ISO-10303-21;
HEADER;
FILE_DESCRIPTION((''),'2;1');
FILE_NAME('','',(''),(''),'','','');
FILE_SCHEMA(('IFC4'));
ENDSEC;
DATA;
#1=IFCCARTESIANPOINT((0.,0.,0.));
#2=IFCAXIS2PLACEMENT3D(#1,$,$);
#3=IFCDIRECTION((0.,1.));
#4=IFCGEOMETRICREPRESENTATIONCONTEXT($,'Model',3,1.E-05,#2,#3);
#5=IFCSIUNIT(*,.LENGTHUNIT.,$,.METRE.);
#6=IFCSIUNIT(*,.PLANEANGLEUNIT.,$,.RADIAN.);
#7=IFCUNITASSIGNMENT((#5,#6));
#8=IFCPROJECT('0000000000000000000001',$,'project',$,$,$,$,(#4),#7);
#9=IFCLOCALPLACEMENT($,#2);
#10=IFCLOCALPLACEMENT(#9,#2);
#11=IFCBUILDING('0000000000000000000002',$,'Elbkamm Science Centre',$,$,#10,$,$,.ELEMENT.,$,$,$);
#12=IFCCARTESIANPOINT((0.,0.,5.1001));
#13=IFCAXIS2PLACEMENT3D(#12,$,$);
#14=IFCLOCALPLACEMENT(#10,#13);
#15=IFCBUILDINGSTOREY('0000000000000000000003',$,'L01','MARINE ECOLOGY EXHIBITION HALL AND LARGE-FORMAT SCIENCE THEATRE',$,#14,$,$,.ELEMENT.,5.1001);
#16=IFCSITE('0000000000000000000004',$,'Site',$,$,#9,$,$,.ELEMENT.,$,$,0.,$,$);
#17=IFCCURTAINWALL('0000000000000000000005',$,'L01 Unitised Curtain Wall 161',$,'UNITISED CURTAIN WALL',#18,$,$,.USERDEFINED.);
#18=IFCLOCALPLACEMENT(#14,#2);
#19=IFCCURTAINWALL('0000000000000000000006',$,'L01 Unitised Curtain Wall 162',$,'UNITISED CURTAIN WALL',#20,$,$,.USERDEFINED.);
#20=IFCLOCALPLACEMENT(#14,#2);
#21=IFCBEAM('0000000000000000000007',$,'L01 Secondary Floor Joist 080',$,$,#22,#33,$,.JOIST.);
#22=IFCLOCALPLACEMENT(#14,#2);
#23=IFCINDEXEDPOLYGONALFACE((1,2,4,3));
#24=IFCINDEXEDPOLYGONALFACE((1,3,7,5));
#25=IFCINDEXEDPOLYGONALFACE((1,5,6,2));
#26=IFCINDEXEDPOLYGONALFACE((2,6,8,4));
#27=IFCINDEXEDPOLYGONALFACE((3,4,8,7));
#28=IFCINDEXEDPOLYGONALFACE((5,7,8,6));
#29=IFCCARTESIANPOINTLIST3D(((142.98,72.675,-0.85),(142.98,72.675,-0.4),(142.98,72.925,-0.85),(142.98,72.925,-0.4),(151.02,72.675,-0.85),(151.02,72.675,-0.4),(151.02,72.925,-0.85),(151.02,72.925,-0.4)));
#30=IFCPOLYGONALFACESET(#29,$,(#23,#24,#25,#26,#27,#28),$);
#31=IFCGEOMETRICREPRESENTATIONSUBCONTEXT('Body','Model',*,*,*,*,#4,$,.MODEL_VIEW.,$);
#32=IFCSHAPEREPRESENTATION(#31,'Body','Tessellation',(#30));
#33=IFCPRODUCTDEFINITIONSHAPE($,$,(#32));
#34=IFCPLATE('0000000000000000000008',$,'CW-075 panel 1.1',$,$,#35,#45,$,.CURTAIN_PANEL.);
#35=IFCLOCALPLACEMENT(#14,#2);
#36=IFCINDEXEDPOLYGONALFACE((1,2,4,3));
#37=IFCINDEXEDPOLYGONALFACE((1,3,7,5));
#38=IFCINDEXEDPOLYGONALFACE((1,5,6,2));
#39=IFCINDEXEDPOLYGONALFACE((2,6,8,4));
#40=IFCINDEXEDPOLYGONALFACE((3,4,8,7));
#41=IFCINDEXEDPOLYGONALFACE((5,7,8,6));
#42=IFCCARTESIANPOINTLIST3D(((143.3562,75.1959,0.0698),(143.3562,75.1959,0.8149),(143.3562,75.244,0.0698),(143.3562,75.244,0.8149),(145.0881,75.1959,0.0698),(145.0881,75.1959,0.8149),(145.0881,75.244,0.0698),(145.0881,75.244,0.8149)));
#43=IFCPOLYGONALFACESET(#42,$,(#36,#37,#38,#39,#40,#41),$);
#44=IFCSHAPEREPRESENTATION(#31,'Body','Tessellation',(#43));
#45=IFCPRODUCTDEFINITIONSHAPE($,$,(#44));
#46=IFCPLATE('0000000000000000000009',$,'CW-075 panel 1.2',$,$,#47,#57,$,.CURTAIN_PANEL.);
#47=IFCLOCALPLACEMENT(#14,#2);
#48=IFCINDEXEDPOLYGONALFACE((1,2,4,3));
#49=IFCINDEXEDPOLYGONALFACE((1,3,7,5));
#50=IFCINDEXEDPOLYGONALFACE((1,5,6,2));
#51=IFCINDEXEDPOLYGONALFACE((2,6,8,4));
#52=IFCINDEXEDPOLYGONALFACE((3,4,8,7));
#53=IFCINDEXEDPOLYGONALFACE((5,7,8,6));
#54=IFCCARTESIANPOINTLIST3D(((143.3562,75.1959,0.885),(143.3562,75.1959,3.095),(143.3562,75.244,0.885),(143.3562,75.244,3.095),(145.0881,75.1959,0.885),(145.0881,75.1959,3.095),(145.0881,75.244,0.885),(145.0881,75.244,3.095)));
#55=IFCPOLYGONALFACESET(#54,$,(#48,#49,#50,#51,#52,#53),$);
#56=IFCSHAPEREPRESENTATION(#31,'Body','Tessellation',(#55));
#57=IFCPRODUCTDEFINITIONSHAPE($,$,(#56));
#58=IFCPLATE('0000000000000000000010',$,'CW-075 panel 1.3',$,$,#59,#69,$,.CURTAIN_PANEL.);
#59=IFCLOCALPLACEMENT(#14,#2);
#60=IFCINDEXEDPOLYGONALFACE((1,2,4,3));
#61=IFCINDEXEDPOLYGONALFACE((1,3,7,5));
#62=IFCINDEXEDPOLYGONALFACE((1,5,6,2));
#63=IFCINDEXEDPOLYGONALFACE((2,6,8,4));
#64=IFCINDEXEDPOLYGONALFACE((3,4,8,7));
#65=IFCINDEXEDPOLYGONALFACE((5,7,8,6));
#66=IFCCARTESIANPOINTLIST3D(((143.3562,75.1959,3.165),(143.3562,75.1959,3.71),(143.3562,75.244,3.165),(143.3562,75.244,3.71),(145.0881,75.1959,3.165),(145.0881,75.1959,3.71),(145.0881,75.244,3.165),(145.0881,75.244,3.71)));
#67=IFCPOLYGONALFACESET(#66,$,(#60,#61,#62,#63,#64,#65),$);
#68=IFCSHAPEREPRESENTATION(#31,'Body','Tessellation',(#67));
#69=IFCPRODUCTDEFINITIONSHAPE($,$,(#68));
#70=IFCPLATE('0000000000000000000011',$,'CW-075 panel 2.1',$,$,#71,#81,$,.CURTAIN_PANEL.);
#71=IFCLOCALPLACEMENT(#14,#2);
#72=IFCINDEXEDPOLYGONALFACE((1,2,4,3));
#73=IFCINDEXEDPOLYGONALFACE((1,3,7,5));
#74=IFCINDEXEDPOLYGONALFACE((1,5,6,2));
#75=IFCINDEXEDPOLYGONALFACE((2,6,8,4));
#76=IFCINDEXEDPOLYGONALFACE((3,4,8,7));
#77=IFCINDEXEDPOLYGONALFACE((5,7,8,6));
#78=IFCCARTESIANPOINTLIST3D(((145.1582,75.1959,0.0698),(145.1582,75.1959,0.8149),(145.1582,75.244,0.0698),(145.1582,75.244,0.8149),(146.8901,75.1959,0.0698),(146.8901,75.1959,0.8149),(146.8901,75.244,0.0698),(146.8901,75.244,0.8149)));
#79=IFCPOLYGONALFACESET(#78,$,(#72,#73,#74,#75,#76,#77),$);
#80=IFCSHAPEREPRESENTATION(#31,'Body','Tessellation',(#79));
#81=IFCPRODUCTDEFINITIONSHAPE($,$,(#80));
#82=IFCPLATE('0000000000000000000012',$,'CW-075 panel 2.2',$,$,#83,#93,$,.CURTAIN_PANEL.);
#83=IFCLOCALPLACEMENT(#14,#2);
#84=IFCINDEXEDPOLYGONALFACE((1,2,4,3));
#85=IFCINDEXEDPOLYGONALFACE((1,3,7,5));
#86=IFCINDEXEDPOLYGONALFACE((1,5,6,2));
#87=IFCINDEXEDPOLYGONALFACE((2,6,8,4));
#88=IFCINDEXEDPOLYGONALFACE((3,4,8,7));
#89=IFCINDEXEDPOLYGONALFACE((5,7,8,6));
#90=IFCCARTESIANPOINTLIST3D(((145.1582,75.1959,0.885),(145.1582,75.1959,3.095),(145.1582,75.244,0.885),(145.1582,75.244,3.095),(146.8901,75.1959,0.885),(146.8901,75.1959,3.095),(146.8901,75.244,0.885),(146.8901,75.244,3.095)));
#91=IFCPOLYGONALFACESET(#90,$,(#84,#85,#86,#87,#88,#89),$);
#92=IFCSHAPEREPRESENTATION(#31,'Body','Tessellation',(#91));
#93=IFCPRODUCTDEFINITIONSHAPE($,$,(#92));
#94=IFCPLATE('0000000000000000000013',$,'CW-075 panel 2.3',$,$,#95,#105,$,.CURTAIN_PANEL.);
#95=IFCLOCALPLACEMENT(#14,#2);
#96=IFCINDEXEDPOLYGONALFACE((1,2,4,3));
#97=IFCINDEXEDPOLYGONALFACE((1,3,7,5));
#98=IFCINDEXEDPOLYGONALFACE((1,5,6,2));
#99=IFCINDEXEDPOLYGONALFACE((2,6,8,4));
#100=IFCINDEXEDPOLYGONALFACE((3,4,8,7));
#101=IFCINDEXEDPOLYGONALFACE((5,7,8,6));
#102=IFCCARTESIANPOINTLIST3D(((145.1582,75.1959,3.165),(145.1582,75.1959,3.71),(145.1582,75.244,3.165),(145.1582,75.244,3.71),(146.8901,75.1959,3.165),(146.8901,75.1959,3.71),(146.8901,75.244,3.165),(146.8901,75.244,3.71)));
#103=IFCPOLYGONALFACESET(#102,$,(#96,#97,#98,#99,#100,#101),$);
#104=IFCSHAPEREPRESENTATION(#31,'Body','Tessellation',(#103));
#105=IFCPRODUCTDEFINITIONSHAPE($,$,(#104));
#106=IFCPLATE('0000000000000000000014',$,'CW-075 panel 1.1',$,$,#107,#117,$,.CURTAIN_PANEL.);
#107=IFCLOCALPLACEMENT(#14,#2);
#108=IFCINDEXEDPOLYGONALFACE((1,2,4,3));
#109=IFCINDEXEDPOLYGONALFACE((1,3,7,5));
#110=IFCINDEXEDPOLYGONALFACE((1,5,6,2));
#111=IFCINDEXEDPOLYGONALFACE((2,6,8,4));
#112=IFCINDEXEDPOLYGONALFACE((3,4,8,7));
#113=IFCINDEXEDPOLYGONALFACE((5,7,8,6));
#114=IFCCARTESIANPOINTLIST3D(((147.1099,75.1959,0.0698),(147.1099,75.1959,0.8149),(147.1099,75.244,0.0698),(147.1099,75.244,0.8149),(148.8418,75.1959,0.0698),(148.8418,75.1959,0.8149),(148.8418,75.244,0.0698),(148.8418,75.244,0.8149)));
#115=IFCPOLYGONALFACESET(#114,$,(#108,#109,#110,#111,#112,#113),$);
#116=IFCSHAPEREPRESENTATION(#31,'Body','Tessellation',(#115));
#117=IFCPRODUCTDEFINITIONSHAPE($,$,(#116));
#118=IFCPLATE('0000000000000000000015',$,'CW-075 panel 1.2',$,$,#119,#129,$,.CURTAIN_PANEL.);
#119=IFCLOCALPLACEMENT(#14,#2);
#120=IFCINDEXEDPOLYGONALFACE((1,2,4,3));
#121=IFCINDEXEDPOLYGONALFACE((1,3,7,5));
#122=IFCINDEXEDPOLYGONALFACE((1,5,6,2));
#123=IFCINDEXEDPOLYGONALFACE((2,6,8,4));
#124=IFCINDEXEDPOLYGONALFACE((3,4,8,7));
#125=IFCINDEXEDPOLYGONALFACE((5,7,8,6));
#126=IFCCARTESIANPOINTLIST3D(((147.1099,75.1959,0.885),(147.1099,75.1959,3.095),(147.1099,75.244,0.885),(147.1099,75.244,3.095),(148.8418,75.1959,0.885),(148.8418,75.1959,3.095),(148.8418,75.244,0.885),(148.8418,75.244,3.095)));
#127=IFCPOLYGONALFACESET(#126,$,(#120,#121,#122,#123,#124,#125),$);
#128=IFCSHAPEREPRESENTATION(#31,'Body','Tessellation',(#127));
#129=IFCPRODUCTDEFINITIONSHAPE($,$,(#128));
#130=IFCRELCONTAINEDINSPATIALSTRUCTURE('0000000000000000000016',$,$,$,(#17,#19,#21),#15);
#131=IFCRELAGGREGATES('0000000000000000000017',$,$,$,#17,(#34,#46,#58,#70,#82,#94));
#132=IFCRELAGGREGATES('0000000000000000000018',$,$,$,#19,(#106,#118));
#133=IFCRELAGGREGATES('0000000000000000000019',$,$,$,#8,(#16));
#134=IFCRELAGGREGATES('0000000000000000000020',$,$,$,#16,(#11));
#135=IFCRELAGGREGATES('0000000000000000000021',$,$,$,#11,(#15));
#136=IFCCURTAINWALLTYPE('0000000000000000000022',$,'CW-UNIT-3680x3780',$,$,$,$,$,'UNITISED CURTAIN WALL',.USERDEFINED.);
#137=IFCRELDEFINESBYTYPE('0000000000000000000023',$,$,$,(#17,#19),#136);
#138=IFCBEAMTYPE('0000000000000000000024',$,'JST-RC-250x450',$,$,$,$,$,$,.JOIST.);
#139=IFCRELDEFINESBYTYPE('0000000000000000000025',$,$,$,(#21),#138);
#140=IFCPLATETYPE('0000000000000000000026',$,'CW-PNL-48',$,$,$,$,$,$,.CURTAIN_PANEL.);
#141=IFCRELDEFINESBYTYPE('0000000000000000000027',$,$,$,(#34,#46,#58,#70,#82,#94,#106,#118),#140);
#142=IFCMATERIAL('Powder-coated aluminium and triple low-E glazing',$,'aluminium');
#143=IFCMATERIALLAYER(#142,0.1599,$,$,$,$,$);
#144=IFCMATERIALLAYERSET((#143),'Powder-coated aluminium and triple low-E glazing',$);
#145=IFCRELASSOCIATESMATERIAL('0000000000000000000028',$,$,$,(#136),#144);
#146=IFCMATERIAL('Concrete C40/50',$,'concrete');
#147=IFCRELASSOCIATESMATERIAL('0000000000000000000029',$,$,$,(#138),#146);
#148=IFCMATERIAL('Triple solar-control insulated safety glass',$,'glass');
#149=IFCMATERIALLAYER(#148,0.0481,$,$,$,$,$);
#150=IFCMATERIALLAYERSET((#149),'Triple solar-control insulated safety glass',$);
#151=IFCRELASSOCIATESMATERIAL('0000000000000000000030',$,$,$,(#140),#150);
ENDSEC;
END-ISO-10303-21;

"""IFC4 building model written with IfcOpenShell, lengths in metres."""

from ifc_helpers import new_model, si_unit, direction, frame, origin, origin_2d, place, context, subcontext, project, spatial, rectangle, extrude, material, layer, layer_set, material_profile, profile_set, type_object, element, aggregate, save


model = new_model("IFC4")

# Units and contexts
model_context = context("Model", 3, precision=1e-05, world=origin(), true_north=direction((0.0, 1.0)))
body_context = subcontext(model_context, "Body", "Model", "MODEL_VIEW")
ifc_project = project(units=[si_unit("LENGTHUNIT", "METRE"), si_unit("PLANEANGLEUNIT", "RADIAN")], contexts=[model_context])

# Site, building, storey
site_placement = place(None, origin())
site = spatial("IfcSite", under=ifc_project, at=site_placement, Name="Site", CompositionType="ELEMENT", RefElevation=0.0)
building_placement = place(site_placement, origin())
building = spatial("IfcBuilding", under=site, at=building_placement, Name="Elbkamm Science Centre", CompositionType="ELEMENT")
storey_placement = place(building_placement, frame((0.0, 0.0, 5.1001)))
storey = spatial("IfcBuildingStorey", under=building, at=storey_placement, Name="L01", Description="MARINE ECOLOGY EXHIBITION HALL AND LARGE-FORMAT SCIENCE THEATRE", CompositionType="ELEMENT", Elevation=5.1001)

# Shared definitions
ifc_material_1 = material(Name="Concrete C40/50", Category="concrete")

# Curtain wall
ifc_material_2 = material(Name="Powder-coated aluminium and triple low-E glazing", Category="aluminium")
ifc_layer_1 = layer(ifc_material_2, 0.1599)
ifc_layer_set_1 = layer_set([ifc_layer_1], Name="Powder-coated aluminium and triple low-E glazing")
curtain_wall_type = type_object("IfcCurtainWallType", Name="CW-UNIT-3680x3780", ElementType="UNITISED CURTAIN WALL", PredefinedType="USERDEFINED", material=ifc_layer_set_1)
curtain_wall_1_placement = place(storey_placement, origin())
curtain_wall_1 = element("IfcCurtainWall", 1, at=curtain_wall_1_placement, inside=storey, type_object=curtain_wall_type, Name="L01 Unitised Curtain Wall 161", ObjectType="UNITISED CURTAIN WALL", PredefinedType="USERDEFINED")

# Curtain wall
curtain_wall_2_placement = place(storey_placement, origin())
curtain_wall_2 = element("IfcCurtainWall", 2, at=curtain_wall_2_placement, inside=storey, type_object=curtain_wall_type, Name="L01 Unitised Curtain Wall 162", ObjectType="UNITISED CURTAIN WALL", PredefinedType="USERDEFINED")

# Beam
ifc_material_profile_1 = material_profile(ifc_material_1, rectangle(XDim=0.25, YDim=0.45, at=origin_2d()), Name="RC 250x450")
ifc_profile_set_1 = profile_set([ifc_material_profile_1], Name="Concrete C40/50")
beam_type_1 = type_object("IfcBeamType", Name="JST-RC-250x450", PredefinedType="JOIST", material=ifc_profile_set_1)
for number, where, z_axis, x_axis, name in (
    (3, (142.98, 72.8, -0.625), (1.0, 0.0, 0.0), (0.0, 1.0, 0.0), "L01 Secondary Floor Joist 080"),
):
    element("IfcBeam", number, at=place(storey_placement, frame(where, z_axis=z_axis, x_axis=x_axis)), inside=storey, type_object=beam_type_1, Name=name, PredefinedType="JOIST", context=body_context, shape_type="SweptSolid", body=[
        extrude(rectangle(XDim=0.25, YDim=0.45, at=origin_2d()), origin(), (0.0, 0.0, 1.0), 8.04),
    ])

# Plates
ifc_material_3 = material(Name="Triple solar-control insulated safety glass", Category="glass")
ifc_layer_2 = layer(ifc_material_3, 0.0481)
ifc_layer_set_2 = layer_set([ifc_layer_2], Name="Triple solar-control insulated safety glass")
plate_type = type_object("IfcPlateType", Name="CW-PNL-48", PredefinedType="CURTAIN_PANEL", material=ifc_layer_set_2)
plate_1_placement = place(storey_placement, frame((144.2222, 75.22, 0.0698), z_axis=(0.0, 0.0, 1.0), x_axis=(1.0, 0.0, 0.0)))
plate_1 = element("IfcPlate", 4, at=plate_1_placement, type_object=plate_type, Name="CW-075 panel 1.1", PredefinedType="CURTAIN_PANEL", context=body_context, shape_type="SweptSolid", body=[
    extrude(rectangle(XDim=1.7319, YDim=0.0481, at=origin_2d()), origin(), (0.0, 0.0, 1.0), 0.7451),
])
plate_2_placement = place(storey_placement, frame((144.2222, 75.22, 0.885), z_axis=(0.0, 0.0, 1.0), x_axis=(1.0, 0.0, 0.0)))
plate_2 = element("IfcPlate", 5, at=plate_2_placement, type_object=plate_type, Name="CW-075 panel 1.2", PredefinedType="CURTAIN_PANEL", context=body_context, shape_type="SweptSolid", body=[
    extrude(rectangle(XDim=1.7319, YDim=0.0481, at=origin_2d()), origin(), (0.0, 0.0, 1.0), 2.21),
])
plate_3_placement = place(storey_placement, frame((144.2222, 75.22, 3.165), z_axis=(0.0, 0.0, 1.0), x_axis=(1.0, 0.0, 0.0)))
plate_3 = element("IfcPlate", 6, at=plate_3_placement, type_object=plate_type, Name="CW-075 panel 1.3", PredefinedType="CURTAIN_PANEL", context=body_context, shape_type="SweptSolid", body=[
    extrude(rectangle(XDim=1.7319, YDim=0.0481, at=origin_2d()), origin(), (0.0, 0.0, 1.0), 0.5449),
])
plate_4_placement = place(storey_placement, frame((146.0242, 75.22, 0.0698), z_axis=(0.0, 0.0, 1.0), x_axis=(1.0, 0.0, 0.0)))
plate_4 = element("IfcPlate", 7, at=plate_4_placement, type_object=plate_type, Name="CW-075 panel 2.1", PredefinedType="CURTAIN_PANEL", context=body_context, shape_type="SweptSolid", body=[
    extrude(rectangle(XDim=1.7319, YDim=0.0481, at=origin_2d()), origin(), (0.0, 0.0, 1.0), 0.7451),
])
plate_5_placement = place(storey_placement, frame((146.0242, 75.22, 0.885), z_axis=(0.0, 0.0, 1.0), x_axis=(1.0, 0.0, 0.0)))
plate_5 = element("IfcPlate", 8, at=plate_5_placement, type_object=plate_type, Name="CW-075 panel 2.2", PredefinedType="CURTAIN_PANEL", context=body_context, shape_type="SweptSolid", body=[
    extrude(rectangle(XDim=1.7319, YDim=0.0481, at=origin_2d()), origin(), (0.0, 0.0, 1.0), 2.21),
])
plate_6_placement = place(storey_placement, frame((146.0242, 75.22, 3.165), z_axis=(0.0, 0.0, 1.0), x_axis=(1.0, 0.0, 0.0)))
plate_6 = element("IfcPlate", 9, at=plate_6_placement, type_object=plate_type, Name="CW-075 panel 2.3", PredefinedType="CURTAIN_PANEL", context=body_context, shape_type="SweptSolid", body=[
    extrude(rectangle(XDim=1.7319, YDim=0.0481, at=origin_2d()), origin(), (0.0, 0.0, 1.0), 0.5449),
])
aggregate(curtain_wall_1, [plate_1, plate_2, plate_3, plate_4, plate_5, plate_6])
plate_7_placement = place(storey_placement, frame((147.9758, 75.22, 0.0698), z_axis=(0.0, 0.0, 1.0), x_axis=(1.0, 0.0, 0.0)))
plate_7 = element("IfcPlate", 10, at=plate_7_placement, type_object=plate_type, Name="CW-075 panel 1.1", PredefinedType="CURTAIN_PANEL", context=body_context, shape_type="SweptSolid", body=[
    extrude(rectangle(XDim=1.7319, YDim=0.0481, at=origin_2d()), origin(), (0.0, 0.0, 1.0), 0.7451),
])
plate_8_placement = place(storey_placement, frame((147.9758, 75.22, 0.885), z_axis=(0.0, 0.0, 1.0), x_axis=(1.0, 0.0, 0.0)))
plate_8 = element("IfcPlate", 11, at=plate_8_placement, type_object=plate_type, Name="CW-075 panel 1.2", PredefinedType="CURTAIN_PANEL", context=body_context, shape_type="SweptSolid", body=[
    extrude(rectangle(XDim=1.7319, YDim=0.0481, at=origin_2d()), origin(), (0.0, 0.0, 1.0), 2.21),
])
aggregate(curtain_wall_2, [plate_7, plate_8])

save(model, "model.ifc")
